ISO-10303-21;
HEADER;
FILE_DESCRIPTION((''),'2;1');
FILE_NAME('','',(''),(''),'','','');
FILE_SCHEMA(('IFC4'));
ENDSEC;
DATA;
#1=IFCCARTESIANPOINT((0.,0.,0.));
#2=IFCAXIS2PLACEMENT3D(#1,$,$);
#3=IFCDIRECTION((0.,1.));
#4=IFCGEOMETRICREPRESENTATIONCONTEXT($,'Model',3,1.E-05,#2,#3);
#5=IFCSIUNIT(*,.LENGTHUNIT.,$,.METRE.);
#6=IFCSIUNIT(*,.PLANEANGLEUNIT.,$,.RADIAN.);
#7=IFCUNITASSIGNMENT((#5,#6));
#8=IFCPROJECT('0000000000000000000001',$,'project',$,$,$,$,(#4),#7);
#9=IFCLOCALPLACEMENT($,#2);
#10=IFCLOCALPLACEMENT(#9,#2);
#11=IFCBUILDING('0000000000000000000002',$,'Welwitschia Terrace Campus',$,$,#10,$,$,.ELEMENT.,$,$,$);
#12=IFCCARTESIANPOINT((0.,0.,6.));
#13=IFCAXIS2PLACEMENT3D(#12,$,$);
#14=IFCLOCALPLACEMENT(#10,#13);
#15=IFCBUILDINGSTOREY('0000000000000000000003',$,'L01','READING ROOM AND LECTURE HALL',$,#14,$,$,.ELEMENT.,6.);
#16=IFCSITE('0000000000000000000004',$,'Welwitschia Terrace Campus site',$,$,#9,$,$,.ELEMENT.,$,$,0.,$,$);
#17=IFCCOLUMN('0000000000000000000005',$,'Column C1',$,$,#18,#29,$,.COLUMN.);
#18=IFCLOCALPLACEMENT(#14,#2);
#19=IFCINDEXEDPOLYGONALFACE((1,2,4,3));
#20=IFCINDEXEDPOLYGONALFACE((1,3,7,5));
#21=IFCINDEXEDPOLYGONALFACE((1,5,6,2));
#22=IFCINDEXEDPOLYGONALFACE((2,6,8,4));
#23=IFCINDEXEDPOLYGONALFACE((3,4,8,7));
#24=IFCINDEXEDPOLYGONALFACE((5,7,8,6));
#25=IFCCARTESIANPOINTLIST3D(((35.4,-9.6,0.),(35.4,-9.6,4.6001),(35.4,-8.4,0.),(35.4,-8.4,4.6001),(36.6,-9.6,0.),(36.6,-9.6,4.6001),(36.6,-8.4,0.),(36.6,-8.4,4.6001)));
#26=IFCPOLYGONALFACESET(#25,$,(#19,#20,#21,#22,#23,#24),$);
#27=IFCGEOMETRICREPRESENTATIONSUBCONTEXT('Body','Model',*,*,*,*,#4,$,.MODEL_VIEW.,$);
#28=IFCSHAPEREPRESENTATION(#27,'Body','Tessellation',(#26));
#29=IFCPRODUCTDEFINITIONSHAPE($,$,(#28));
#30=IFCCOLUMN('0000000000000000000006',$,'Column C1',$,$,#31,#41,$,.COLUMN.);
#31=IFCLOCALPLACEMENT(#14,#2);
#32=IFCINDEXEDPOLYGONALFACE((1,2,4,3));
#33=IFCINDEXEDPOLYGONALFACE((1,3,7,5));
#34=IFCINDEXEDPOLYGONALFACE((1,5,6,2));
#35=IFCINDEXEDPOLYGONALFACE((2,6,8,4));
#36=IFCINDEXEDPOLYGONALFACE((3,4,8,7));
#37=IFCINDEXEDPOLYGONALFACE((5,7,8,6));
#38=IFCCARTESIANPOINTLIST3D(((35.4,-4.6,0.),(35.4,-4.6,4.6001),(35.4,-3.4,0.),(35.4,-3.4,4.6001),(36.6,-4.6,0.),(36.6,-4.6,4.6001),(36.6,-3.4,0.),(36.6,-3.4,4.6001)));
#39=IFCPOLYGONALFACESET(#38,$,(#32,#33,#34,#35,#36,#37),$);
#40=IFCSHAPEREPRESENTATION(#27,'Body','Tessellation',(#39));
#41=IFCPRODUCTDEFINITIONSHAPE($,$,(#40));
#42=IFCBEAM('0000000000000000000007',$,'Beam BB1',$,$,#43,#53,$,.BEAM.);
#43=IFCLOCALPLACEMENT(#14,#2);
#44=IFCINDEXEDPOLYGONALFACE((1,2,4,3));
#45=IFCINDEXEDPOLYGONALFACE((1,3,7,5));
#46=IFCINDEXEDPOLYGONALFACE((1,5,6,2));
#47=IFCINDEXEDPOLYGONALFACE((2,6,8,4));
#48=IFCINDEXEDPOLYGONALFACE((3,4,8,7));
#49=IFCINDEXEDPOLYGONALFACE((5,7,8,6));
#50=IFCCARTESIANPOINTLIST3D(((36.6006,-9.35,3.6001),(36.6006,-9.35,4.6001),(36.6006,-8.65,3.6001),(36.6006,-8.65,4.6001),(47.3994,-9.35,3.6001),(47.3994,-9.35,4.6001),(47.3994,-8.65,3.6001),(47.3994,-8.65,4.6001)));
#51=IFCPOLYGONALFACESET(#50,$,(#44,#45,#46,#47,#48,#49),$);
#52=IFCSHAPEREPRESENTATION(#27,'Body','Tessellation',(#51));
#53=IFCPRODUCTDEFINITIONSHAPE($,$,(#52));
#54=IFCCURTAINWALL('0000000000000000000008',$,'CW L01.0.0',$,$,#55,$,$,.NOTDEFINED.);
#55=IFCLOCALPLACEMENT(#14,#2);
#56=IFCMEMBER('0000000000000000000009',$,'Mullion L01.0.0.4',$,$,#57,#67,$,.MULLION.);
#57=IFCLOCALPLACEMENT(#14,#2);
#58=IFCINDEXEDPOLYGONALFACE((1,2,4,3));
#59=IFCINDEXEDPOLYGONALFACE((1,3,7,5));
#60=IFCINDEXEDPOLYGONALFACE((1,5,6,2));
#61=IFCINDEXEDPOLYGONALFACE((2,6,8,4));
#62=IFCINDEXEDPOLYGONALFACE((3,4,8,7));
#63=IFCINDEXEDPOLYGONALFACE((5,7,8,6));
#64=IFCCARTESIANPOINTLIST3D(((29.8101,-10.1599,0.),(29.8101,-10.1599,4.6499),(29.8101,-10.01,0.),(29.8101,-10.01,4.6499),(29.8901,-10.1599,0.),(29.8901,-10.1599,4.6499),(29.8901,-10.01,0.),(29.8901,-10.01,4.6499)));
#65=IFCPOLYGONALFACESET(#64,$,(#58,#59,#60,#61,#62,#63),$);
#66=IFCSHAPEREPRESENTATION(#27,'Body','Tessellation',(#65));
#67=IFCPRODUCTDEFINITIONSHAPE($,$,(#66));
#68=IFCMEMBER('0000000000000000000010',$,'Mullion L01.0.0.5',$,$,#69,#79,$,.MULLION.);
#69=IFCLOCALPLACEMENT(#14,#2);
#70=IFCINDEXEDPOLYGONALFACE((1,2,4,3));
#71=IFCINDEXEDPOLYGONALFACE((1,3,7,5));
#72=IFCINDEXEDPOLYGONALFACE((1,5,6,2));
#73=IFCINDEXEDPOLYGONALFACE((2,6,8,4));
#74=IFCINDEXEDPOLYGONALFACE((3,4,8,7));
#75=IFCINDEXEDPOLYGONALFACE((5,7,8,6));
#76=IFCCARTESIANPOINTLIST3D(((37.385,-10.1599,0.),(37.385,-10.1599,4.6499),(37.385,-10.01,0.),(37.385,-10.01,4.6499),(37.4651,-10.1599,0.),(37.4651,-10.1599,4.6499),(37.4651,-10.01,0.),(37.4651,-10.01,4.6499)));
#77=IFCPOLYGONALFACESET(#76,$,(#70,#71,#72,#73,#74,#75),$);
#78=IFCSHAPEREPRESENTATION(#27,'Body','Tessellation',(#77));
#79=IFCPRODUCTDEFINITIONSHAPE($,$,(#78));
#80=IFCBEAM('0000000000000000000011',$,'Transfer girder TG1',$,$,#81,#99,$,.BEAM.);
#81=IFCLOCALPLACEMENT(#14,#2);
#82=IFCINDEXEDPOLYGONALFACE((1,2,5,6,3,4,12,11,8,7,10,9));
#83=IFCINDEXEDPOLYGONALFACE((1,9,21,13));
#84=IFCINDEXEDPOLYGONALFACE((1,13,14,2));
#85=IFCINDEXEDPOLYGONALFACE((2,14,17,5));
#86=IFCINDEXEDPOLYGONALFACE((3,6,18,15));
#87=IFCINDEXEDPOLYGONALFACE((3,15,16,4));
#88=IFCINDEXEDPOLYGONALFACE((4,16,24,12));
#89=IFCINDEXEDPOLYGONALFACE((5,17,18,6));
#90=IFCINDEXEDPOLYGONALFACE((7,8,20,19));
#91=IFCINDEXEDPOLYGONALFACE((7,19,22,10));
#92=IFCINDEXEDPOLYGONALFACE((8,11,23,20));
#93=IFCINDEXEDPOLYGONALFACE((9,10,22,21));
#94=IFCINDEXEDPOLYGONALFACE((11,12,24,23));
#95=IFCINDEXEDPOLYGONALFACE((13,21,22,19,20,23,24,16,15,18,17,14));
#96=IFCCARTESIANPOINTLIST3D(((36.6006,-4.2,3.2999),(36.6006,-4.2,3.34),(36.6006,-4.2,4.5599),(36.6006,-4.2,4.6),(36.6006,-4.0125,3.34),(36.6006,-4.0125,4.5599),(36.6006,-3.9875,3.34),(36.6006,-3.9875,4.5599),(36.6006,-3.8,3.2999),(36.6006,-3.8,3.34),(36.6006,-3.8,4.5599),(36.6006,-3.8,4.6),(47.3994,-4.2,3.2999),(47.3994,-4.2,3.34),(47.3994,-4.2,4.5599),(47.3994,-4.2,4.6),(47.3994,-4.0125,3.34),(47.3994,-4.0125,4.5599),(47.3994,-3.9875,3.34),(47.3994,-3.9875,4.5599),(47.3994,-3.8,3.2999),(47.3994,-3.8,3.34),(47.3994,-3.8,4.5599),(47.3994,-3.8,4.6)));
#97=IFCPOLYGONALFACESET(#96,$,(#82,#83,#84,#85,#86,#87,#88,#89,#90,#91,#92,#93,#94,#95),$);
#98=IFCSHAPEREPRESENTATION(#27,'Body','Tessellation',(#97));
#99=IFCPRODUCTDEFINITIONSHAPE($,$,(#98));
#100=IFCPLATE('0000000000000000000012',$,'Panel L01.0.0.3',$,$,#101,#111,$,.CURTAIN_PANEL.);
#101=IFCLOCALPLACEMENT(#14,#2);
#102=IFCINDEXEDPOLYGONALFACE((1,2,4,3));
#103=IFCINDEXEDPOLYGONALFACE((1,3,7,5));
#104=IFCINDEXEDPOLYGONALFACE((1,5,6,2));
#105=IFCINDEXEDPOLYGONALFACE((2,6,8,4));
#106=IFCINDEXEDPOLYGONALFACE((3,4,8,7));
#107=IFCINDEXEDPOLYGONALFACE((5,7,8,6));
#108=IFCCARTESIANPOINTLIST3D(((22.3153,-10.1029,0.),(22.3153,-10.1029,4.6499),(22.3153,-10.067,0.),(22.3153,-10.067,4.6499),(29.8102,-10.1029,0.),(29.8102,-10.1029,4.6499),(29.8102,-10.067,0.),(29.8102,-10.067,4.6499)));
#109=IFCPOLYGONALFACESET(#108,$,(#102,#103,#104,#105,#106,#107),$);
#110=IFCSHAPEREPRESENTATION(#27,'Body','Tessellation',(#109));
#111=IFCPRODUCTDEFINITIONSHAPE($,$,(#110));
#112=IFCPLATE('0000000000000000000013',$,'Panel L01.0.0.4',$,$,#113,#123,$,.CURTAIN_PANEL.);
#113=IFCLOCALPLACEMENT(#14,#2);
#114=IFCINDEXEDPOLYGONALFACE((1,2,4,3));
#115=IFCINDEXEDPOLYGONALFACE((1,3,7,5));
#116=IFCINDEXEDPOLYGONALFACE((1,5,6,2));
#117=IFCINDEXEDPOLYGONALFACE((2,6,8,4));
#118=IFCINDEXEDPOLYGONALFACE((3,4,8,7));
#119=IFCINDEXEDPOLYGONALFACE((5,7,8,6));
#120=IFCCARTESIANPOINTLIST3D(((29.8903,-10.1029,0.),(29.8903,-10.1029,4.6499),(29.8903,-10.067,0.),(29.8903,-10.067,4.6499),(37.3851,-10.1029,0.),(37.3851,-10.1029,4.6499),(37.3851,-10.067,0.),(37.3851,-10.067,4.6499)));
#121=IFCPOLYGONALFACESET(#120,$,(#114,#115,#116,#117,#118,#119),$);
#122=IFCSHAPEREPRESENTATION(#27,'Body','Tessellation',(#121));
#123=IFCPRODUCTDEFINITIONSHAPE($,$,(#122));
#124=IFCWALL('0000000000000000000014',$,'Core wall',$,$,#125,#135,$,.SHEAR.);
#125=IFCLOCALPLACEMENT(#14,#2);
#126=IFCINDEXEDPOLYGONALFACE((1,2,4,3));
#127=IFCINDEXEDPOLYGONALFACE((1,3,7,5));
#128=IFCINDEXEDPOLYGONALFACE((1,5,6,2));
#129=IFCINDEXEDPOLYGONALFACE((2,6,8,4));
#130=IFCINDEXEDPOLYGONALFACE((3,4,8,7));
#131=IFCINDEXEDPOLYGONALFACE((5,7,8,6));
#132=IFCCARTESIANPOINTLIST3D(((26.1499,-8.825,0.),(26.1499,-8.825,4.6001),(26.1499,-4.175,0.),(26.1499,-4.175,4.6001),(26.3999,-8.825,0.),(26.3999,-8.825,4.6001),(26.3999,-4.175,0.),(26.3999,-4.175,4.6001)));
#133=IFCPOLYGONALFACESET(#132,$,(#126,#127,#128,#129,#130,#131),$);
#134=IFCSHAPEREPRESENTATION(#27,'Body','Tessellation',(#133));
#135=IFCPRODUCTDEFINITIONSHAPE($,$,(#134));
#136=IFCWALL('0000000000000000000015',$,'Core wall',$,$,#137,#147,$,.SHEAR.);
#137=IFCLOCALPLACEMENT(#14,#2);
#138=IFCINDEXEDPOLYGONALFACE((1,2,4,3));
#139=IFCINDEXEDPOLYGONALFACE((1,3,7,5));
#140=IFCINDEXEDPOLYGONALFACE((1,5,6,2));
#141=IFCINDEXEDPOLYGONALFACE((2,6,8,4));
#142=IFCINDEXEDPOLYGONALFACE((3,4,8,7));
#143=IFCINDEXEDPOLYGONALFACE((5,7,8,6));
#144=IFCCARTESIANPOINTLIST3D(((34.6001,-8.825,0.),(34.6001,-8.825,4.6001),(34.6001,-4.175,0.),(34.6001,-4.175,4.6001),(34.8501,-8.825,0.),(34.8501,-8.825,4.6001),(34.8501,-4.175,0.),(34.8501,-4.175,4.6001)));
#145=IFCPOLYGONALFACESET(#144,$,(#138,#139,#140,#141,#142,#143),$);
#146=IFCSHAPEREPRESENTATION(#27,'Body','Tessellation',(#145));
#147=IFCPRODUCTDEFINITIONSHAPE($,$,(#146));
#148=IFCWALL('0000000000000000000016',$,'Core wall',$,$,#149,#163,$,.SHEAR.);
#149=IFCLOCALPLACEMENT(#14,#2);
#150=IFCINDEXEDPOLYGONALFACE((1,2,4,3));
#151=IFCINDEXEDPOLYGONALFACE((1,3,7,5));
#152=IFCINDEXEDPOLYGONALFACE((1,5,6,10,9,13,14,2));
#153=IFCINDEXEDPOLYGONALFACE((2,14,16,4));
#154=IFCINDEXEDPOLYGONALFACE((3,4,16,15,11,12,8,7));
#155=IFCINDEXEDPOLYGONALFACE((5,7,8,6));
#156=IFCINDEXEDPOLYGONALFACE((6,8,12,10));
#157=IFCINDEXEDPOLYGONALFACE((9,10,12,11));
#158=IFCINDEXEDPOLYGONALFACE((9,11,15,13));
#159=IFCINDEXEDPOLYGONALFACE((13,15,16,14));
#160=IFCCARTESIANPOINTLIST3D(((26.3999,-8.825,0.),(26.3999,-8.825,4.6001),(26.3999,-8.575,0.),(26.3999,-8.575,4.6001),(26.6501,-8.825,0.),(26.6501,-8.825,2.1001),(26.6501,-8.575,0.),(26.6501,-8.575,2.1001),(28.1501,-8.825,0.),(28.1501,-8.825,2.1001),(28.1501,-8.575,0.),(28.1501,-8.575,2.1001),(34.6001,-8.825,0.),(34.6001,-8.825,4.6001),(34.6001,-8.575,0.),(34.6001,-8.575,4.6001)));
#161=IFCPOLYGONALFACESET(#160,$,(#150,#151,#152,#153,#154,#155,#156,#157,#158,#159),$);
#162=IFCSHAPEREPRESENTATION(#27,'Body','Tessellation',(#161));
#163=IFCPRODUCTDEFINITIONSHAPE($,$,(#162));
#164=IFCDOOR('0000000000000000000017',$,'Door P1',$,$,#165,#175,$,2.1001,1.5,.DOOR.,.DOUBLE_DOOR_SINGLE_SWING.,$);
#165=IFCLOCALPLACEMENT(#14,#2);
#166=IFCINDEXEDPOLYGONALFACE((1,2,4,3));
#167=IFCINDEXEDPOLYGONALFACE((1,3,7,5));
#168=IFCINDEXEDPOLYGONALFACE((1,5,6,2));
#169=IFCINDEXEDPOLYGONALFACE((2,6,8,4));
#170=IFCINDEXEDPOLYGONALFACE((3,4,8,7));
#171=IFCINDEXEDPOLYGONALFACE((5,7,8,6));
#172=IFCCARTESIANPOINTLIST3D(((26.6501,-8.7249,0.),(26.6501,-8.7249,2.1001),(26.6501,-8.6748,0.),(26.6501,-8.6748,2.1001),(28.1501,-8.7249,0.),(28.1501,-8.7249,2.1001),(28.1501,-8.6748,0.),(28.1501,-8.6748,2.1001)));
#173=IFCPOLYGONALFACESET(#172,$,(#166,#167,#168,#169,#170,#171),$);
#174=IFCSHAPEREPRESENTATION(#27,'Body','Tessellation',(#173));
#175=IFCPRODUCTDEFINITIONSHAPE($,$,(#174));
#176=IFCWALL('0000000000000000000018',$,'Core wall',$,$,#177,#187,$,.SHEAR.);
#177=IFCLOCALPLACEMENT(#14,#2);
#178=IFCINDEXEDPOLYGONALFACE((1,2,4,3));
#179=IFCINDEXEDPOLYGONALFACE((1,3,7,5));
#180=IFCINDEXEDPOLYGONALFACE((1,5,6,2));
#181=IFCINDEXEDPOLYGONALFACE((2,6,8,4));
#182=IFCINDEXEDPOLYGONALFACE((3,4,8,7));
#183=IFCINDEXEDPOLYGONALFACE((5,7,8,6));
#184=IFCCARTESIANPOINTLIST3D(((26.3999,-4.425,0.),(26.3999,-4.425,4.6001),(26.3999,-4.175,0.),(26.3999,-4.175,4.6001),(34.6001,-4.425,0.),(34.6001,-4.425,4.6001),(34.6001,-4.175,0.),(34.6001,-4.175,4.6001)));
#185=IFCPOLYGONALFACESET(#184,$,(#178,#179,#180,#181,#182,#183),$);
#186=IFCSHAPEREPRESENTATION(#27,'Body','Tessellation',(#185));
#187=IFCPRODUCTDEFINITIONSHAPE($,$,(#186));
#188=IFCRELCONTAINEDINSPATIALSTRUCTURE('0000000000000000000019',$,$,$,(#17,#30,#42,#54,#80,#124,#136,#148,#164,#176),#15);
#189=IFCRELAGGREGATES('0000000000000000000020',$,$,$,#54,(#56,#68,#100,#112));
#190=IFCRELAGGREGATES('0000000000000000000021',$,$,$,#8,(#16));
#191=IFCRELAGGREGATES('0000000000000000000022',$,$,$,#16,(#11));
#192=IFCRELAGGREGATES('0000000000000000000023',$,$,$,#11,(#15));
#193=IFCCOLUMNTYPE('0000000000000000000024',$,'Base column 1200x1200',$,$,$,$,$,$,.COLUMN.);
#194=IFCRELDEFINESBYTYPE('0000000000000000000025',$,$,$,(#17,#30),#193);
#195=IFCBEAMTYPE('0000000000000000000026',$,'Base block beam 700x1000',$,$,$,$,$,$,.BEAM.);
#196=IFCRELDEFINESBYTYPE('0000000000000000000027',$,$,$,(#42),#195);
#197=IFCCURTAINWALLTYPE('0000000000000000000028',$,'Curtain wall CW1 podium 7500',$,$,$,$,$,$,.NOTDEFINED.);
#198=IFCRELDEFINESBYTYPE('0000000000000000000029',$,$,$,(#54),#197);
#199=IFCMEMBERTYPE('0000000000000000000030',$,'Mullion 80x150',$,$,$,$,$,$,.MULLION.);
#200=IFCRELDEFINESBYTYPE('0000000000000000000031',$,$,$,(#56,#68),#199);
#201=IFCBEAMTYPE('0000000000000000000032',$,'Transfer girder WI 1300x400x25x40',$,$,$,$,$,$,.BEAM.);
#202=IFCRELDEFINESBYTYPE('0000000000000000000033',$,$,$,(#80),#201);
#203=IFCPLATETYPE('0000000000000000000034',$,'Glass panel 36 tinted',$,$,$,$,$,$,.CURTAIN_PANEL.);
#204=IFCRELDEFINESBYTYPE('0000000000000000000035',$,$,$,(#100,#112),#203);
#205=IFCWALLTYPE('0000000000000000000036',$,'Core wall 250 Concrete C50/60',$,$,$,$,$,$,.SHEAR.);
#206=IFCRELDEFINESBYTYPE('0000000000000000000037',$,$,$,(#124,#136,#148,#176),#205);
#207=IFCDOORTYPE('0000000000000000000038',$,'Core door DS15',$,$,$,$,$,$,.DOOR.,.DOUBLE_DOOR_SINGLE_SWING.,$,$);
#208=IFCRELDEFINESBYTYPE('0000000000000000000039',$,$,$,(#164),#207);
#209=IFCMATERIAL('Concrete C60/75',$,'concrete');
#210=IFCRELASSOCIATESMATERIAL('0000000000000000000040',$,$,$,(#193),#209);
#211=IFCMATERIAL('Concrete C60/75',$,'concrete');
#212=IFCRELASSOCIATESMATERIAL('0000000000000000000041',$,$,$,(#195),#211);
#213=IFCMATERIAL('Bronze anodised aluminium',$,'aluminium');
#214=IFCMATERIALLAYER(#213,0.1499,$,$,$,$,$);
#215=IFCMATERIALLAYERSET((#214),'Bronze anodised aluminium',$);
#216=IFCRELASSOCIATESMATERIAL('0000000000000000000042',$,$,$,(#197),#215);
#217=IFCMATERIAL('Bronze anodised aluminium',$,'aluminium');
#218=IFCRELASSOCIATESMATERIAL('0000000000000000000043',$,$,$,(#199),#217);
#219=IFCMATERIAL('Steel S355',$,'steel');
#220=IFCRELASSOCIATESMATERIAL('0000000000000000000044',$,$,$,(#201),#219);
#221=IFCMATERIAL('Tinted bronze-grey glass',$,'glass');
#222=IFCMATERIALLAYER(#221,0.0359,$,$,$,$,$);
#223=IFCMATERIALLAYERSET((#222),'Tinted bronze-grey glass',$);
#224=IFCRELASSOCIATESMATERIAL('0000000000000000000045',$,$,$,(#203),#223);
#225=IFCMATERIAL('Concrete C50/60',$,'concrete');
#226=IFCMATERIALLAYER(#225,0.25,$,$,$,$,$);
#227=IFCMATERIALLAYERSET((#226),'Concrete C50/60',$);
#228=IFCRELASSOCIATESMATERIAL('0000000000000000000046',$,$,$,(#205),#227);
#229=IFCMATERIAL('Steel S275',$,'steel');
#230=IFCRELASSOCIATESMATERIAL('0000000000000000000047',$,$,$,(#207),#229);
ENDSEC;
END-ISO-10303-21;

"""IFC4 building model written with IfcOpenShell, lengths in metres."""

from ifc_helpers import new_model, si_unit, direction, frame, frame_2d, origin, origin_2d, place, context, subcontext, project, spatial, rectangle, i_section, extrude, material, layer, layer_set, material_profile, profile_set, type_object, element, fill, aggregate, save


model = new_model("IFC4")

# Units and contexts
model_context = context("Model", 3, precision=1e-05, world=origin(), true_north=direction((0.0, 1.0)))
body_context = subcontext(model_context, "Body", "Model", "MODEL_VIEW")
ifc_project = project(units=[si_unit("LENGTHUNIT", "METRE"), si_unit("PLANEANGLEUNIT", "RADIAN")], contexts=[model_context])

# Site, building, storey
site_placement = place(None, origin())
site = spatial("IfcSite", under=ifc_project, at=site_placement, Name="Welwitschia Terrace Campus site", CompositionType="ELEMENT", RefElevation=0.0)
building_placement = place(site_placement, origin())
building = spatial("IfcBuilding", under=site, at=building_placement, Name="Welwitschia Terrace Campus", CompositionType="ELEMENT")
storey_placement = place(building_placement, frame((0.0, 0.0, 6.0)))
storey = spatial("IfcBuildingStorey", under=building, at=storey_placement, Name="L01", Description="READING ROOM AND LECTURE HALL", CompositionType="ELEMENT", Elevation=6.0)

# Columns
ifc_material_1 = material(Name="Concrete C60/75", Category="concrete")
ifc_material_profile_1 = material_profile(ifc_material_1, rectangle(XDim=1.2, YDim=1.2, at=origin_2d()))
ifc_profile_set_1 = profile_set([ifc_material_profile_1], Name="Concrete C60/75")
column_type = type_object("IfcColumnType", Name="Base column 1200x1200", PredefinedType="COLUMN", material=ifc_profile_set_1)
for number, where, z_axis, x_axis, name in (
    (1, (36.0, -9.0, 0.0), (0.0, 0.0, 1.0), (1.0, 0.0, 0.0), "Column C1"),
    (2, (36.0, -4.0, 0.0), (0.0, 0.0, 1.0), (1.0, 0.0, 0.0), "Column C1"),
):
    element("IfcColumn", number, at=place(storey_placement, frame(where, z_axis=z_axis, x_axis=x_axis)), inside=storey, type_object=column_type, Name=name, PredefinedType="COLUMN", context=body_context, shape_type="SweptSolid", body=[
        extrude(rectangle(XDim=1.2, YDim=1.2, at=origin_2d()), origin(), (0.0, 0.0, 1.0), 4.6001),
    ])

# Beam
ifc_material_2 = material(Name="Concrete C60/75", Category="concrete")
ifc_material_profile_2 = material_profile(ifc_material_2, rectangle(XDim=0.7, YDim=1.0, at=origin_2d()))
ifc_profile_set_2 = profile_set([ifc_material_profile_2], Name="Concrete C60/75")
beam_type_1 = type_object("IfcBeamType", Name="Base block beam 700x1000", PredefinedType="BEAM", material=ifc_profile_set_2)
beam_1_placement = place(storey_placement, frame((36.6006, -9.0, 4.1001), z_axis=(1.0, 0.0, 0.0), x_axis=(0.0, 1.0, 0.0)))
element("IfcBeam", 3, at=beam_1_placement, inside=storey, type_object=beam_type_1, Name="Beam BB1", PredefinedType="BEAM", context=body_context, shape_type="SweptSolid", body=[
    extrude(rectangle(XDim=0.7, YDim=1.0, at=origin_2d()), origin(), (0.0, 0.0, 1.0), 10.7988),
])

# Curtain wall, members
ifc_material_3 = material(Name="Bronze anodised aluminium", Category="aluminium")
ifc_layer_1 = layer(ifc_material_3, 0.1499)
ifc_layer_set_1 = layer_set([ifc_layer_1], Name="Bronze anodised aluminium")
curtain_wall_type = type_object("IfcCurtainWallType", Name="Curtain wall CW1 podium 7500", PredefinedType="NOTDEFINED", material=ifc_layer_set_1)
curtain_wall_placement = place(storey_placement, origin())
curtain_wall = element("IfcCurtainWall", 4, at=curtain_wall_placement, inside=storey, type_object=curtain_wall_type, Name="CW L01.0.0", PredefinedType="NOTDEFINED")
ifc_material_4 = material(Name="Bronze anodised aluminium", Category="aluminium")
ifc_material_profile_3 = material_profile(ifc_material_4, rectangle(XDim=0.1499, YDim=0.0801, at=origin_2d()))
ifc_profile_set_3 = profile_set([ifc_material_profile_3], Name="Bronze anodised aluminium")
member_type = type_object("IfcMemberType", Name="Mullion 80x150", PredefinedType="MULLION", material=ifc_profile_set_3)
member_1_placement = place(storey_placement, frame((29.8501, -10.085, 0.0), z_axis=(0.0, 0.0, 1.0), x_axis=(0.0, 1.0, 0.0)))
member_1 = element("IfcMember", 5, at=member_1_placement, type_object=member_type, Name="Mullion L01.0.0.4", PredefinedType="MULLION", context=body_context, shape_type="SweptSolid", body=[
    extrude(rectangle(XDim=0.1499, YDim=0.0801, at=origin_2d()), origin(), (0.0, 0.0, 1.0), 4.6499),
])
member_2_placement = place(storey_placement, frame((37.425, -10.085, 0.0), z_axis=(0.0, 0.0, 1.0), x_axis=(0.0, 1.0, 0.0)))
member_2 = element("IfcMember", 6, at=member_2_placement, type_object=member_type, Name="Mullion L01.0.0.5", PredefinedType="MULLION", context=body_context, shape_type="SweptSolid", body=[
    extrude(rectangle(XDim=0.1499, YDim=0.0801, at=origin_2d()), origin(), (0.0, 0.0, 1.0), 4.6499),
])

# Beam
ifc_material_5 = material(Name="Steel S355", Category="steel")
ifc_material_profile_4 = material_profile(ifc_material_5, i_section(OverallWidth=0.3999, OverallDepth=1.3, WebThickness=0.0249, FlangeThickness=0.04, at=origin_2d()))
ifc_profile_set_4 = profile_set([ifc_material_profile_4], Name="Steel S355")
beam_type_2 = type_object("IfcBeamType", Name="Transfer girder WI 1300x400x25x40", PredefinedType="BEAM", material=ifc_profile_set_4)
beam_2_placement = place(storey_placement, frame((36.6006, -4.0, 3.95), z_axis=(1.0, 0.0, 0.0), x_axis=(0.0, 1.0, 0.0)))
element("IfcBeam", 7, at=beam_2_placement, inside=storey, type_object=beam_type_2, Name="Transfer girder TG1", PredefinedType="BEAM", context=body_context, shape_type="SweptSolid", body=[
    extrude(i_section(OverallWidth=0.3999, OverallDepth=1.3, WebThickness=0.0249, FlangeThickness=0.04, at=origin_2d()), origin(), (0.0, 0.0, 1.0), 10.7988),
])

# Plates
ifc_material_6 = material(Name="Tinted bronze-grey glass", Category="glass")
ifc_layer_2 = layer(ifc_material_6, 0.0359)
ifc_layer_set_2 = layer_set([ifc_layer_2], Name="Tinted bronze-grey glass")
plate_type = type_object("IfcPlateType", Name="Glass panel 36 tinted", PredefinedType="CURTAIN_PANEL", material=ifc_layer_set_2)
plate_1_placement = place(storey_placement, frame((26.0627, -10.085, 0.0), z_axis=(0.0, 0.0, 1.0), x_axis=(1.0, 0.0, 0.0)))
plate_1 = element("IfcPlate", 8, at=plate_1_placement, type_object=plate_type, Name="Panel L01.0.0.3", PredefinedType="CURTAIN_PANEL", context=body_context, shape_type="SweptSolid", body=[
    extrude(rectangle(XDim=7.4949, YDim=0.0359, at=origin_2d()), origin(), (0.0, 0.0, 1.0), 4.6499),
])
plate_2_placement = place(storey_placement, frame((33.6377, -10.085, 0.0), z_axis=(0.0, 0.0, 1.0), x_axis=(1.0, 0.0, 0.0)))
plate_2 = element("IfcPlate", 9, at=plate_2_placement, type_object=plate_type, Name="Panel L01.0.0.4", PredefinedType="CURTAIN_PANEL", context=body_context, shape_type="SweptSolid", body=[
    extrude(rectangle(XDim=7.4949, YDim=0.0359, at=origin_2d()), origin(), (0.0, 0.0, 1.0), 4.6499),
])
aggregate(curtain_wall, [member_1, member_2, plate_1, plate_2])

# Walls
ifc_material_7 = material(Name="Concrete C50/60", Category="concrete")
ifc_layer_3 = layer(ifc_material_7, 0.25)
ifc_layer_set_3 = layer_set([ifc_layer_3], Name="Concrete C50/60")
wall_type_1 = type_object("IfcWallType", Name="Core wall 250 Concrete C50/60", PredefinedType="SHEAR", material=ifc_layer_set_3)
for number, where, z_axis, x_axis, name in (
    (10, (26.2749, -8.825, 0.0), (0.0, 0.0, 1.0), (0.0, 1.0, 0.0), "Core wall"),
    (11, (34.7251, -8.825, 0.0), (0.0, 0.0, 1.0), (0.0, 1.0, 0.0), "Core wall"),
):
    element("IfcWall", number, at=place(storey_placement, frame(where, z_axis=z_axis, x_axis=x_axis)), inside=storey, type_object=wall_type_1, Name=name, PredefinedType="SHEAR", context=body_context, shape_type="SweptSolid", body=[
        extrude(rectangle(XDim=4.6499, YDim=0.25, at=frame_2d((2.325, 0.0))), origin(), (0.0, 0.0, 1.0), 4.6001),
    ])

# Wall, opening, door
wall_1_placement = place(storey_placement, frame((34.6001, -8.7, 0.0), z_axis=(0.0, 0.0, 1.0), x_axis=(-1.0, 0.0, 0.0)))
wall_1 = element("IfcWall", 12, at=wall_1_placement, inside=storey, type_object=wall_type_1, Name="Core wall", PredefinedType="SHEAR", context=body_context, shape_type="SweptSolid", body=[
    extrude(rectangle(XDim=8.2002, YDim=0.25, at=frame_2d((4.1001, 0.0))), origin(), (0.0, 0.0, 1.0), 4.6001),
])
opening_1_placement = place(wall_1_placement, frame((6.45, 0.0, 0.0)))
opening_1 = element("IfcOpeningElement", 13, at=opening_1_placement, cuts=wall_1, PredefinedType="OPENING", context=body_context, shape_type="SweptSolid", body=[
    extrude(rectangle(XDim=1.5, YDim=2.1001, at=frame_2d((0.75, 1.05))), frame((0.0, 0.135, 0.0), z_axis=(0.0, -1.0, 0.0), x_axis=(1.0, 0.0, 0.0)), (0.0, 0.0, 1.0), 0.27),
])
ifc_material_8 = material(Name="Steel S275", Category="steel")
door_type_1 = type_object("IfcDoorType", Name="Core door DS15", OperationType="DOUBLE_DOOR_SINGLE_SWING", PredefinedType="DOOR", material=ifc_material_8)
door_1_placement = place(opening_1_placement, origin())
door_1 = element("IfcDoor", 14, at=door_1_placement, inside=storey, type_object=door_type_1, Name="Door P1", OperationType="DOUBLE_DOOR_SINGLE_SWING", OverallHeight=2.1001, OverallWidth=1.5, PredefinedType="DOOR", context=body_context, shape_type="SweptSolid", body=[
    extrude(rectangle(XDim=1.5, YDim=2.1001, at=frame_2d((0.75, 1.05))), frame((0.0, 0.0249, 0.0), z_axis=(0.0, -1.0, 0.0), x_axis=(1.0, 0.0, 0.0)), (0.0, 0.0, 1.0), 0.05),
])
fill(opening_1, door_1)

# Wall
wall_2_placement = place(storey_placement, frame((26.3999, -4.3, 0.0), z_axis=(0.0, 0.0, 1.0), x_axis=(1.0, 0.0, 0.0)))
element("IfcWall", 15, at=wall_2_placement, inside=storey, type_object=wall_type_1, Name="Core wall", PredefinedType="SHEAR", context=body_context, shape_type="SweptSolid", body=[
    extrude(rectangle(XDim=8.2002, YDim=0.25, at=frame_2d((4.1001, 0.0))), origin(), (0.0, 0.0, 1.0), 4.6001),
])

save(model, "model.ifc")
